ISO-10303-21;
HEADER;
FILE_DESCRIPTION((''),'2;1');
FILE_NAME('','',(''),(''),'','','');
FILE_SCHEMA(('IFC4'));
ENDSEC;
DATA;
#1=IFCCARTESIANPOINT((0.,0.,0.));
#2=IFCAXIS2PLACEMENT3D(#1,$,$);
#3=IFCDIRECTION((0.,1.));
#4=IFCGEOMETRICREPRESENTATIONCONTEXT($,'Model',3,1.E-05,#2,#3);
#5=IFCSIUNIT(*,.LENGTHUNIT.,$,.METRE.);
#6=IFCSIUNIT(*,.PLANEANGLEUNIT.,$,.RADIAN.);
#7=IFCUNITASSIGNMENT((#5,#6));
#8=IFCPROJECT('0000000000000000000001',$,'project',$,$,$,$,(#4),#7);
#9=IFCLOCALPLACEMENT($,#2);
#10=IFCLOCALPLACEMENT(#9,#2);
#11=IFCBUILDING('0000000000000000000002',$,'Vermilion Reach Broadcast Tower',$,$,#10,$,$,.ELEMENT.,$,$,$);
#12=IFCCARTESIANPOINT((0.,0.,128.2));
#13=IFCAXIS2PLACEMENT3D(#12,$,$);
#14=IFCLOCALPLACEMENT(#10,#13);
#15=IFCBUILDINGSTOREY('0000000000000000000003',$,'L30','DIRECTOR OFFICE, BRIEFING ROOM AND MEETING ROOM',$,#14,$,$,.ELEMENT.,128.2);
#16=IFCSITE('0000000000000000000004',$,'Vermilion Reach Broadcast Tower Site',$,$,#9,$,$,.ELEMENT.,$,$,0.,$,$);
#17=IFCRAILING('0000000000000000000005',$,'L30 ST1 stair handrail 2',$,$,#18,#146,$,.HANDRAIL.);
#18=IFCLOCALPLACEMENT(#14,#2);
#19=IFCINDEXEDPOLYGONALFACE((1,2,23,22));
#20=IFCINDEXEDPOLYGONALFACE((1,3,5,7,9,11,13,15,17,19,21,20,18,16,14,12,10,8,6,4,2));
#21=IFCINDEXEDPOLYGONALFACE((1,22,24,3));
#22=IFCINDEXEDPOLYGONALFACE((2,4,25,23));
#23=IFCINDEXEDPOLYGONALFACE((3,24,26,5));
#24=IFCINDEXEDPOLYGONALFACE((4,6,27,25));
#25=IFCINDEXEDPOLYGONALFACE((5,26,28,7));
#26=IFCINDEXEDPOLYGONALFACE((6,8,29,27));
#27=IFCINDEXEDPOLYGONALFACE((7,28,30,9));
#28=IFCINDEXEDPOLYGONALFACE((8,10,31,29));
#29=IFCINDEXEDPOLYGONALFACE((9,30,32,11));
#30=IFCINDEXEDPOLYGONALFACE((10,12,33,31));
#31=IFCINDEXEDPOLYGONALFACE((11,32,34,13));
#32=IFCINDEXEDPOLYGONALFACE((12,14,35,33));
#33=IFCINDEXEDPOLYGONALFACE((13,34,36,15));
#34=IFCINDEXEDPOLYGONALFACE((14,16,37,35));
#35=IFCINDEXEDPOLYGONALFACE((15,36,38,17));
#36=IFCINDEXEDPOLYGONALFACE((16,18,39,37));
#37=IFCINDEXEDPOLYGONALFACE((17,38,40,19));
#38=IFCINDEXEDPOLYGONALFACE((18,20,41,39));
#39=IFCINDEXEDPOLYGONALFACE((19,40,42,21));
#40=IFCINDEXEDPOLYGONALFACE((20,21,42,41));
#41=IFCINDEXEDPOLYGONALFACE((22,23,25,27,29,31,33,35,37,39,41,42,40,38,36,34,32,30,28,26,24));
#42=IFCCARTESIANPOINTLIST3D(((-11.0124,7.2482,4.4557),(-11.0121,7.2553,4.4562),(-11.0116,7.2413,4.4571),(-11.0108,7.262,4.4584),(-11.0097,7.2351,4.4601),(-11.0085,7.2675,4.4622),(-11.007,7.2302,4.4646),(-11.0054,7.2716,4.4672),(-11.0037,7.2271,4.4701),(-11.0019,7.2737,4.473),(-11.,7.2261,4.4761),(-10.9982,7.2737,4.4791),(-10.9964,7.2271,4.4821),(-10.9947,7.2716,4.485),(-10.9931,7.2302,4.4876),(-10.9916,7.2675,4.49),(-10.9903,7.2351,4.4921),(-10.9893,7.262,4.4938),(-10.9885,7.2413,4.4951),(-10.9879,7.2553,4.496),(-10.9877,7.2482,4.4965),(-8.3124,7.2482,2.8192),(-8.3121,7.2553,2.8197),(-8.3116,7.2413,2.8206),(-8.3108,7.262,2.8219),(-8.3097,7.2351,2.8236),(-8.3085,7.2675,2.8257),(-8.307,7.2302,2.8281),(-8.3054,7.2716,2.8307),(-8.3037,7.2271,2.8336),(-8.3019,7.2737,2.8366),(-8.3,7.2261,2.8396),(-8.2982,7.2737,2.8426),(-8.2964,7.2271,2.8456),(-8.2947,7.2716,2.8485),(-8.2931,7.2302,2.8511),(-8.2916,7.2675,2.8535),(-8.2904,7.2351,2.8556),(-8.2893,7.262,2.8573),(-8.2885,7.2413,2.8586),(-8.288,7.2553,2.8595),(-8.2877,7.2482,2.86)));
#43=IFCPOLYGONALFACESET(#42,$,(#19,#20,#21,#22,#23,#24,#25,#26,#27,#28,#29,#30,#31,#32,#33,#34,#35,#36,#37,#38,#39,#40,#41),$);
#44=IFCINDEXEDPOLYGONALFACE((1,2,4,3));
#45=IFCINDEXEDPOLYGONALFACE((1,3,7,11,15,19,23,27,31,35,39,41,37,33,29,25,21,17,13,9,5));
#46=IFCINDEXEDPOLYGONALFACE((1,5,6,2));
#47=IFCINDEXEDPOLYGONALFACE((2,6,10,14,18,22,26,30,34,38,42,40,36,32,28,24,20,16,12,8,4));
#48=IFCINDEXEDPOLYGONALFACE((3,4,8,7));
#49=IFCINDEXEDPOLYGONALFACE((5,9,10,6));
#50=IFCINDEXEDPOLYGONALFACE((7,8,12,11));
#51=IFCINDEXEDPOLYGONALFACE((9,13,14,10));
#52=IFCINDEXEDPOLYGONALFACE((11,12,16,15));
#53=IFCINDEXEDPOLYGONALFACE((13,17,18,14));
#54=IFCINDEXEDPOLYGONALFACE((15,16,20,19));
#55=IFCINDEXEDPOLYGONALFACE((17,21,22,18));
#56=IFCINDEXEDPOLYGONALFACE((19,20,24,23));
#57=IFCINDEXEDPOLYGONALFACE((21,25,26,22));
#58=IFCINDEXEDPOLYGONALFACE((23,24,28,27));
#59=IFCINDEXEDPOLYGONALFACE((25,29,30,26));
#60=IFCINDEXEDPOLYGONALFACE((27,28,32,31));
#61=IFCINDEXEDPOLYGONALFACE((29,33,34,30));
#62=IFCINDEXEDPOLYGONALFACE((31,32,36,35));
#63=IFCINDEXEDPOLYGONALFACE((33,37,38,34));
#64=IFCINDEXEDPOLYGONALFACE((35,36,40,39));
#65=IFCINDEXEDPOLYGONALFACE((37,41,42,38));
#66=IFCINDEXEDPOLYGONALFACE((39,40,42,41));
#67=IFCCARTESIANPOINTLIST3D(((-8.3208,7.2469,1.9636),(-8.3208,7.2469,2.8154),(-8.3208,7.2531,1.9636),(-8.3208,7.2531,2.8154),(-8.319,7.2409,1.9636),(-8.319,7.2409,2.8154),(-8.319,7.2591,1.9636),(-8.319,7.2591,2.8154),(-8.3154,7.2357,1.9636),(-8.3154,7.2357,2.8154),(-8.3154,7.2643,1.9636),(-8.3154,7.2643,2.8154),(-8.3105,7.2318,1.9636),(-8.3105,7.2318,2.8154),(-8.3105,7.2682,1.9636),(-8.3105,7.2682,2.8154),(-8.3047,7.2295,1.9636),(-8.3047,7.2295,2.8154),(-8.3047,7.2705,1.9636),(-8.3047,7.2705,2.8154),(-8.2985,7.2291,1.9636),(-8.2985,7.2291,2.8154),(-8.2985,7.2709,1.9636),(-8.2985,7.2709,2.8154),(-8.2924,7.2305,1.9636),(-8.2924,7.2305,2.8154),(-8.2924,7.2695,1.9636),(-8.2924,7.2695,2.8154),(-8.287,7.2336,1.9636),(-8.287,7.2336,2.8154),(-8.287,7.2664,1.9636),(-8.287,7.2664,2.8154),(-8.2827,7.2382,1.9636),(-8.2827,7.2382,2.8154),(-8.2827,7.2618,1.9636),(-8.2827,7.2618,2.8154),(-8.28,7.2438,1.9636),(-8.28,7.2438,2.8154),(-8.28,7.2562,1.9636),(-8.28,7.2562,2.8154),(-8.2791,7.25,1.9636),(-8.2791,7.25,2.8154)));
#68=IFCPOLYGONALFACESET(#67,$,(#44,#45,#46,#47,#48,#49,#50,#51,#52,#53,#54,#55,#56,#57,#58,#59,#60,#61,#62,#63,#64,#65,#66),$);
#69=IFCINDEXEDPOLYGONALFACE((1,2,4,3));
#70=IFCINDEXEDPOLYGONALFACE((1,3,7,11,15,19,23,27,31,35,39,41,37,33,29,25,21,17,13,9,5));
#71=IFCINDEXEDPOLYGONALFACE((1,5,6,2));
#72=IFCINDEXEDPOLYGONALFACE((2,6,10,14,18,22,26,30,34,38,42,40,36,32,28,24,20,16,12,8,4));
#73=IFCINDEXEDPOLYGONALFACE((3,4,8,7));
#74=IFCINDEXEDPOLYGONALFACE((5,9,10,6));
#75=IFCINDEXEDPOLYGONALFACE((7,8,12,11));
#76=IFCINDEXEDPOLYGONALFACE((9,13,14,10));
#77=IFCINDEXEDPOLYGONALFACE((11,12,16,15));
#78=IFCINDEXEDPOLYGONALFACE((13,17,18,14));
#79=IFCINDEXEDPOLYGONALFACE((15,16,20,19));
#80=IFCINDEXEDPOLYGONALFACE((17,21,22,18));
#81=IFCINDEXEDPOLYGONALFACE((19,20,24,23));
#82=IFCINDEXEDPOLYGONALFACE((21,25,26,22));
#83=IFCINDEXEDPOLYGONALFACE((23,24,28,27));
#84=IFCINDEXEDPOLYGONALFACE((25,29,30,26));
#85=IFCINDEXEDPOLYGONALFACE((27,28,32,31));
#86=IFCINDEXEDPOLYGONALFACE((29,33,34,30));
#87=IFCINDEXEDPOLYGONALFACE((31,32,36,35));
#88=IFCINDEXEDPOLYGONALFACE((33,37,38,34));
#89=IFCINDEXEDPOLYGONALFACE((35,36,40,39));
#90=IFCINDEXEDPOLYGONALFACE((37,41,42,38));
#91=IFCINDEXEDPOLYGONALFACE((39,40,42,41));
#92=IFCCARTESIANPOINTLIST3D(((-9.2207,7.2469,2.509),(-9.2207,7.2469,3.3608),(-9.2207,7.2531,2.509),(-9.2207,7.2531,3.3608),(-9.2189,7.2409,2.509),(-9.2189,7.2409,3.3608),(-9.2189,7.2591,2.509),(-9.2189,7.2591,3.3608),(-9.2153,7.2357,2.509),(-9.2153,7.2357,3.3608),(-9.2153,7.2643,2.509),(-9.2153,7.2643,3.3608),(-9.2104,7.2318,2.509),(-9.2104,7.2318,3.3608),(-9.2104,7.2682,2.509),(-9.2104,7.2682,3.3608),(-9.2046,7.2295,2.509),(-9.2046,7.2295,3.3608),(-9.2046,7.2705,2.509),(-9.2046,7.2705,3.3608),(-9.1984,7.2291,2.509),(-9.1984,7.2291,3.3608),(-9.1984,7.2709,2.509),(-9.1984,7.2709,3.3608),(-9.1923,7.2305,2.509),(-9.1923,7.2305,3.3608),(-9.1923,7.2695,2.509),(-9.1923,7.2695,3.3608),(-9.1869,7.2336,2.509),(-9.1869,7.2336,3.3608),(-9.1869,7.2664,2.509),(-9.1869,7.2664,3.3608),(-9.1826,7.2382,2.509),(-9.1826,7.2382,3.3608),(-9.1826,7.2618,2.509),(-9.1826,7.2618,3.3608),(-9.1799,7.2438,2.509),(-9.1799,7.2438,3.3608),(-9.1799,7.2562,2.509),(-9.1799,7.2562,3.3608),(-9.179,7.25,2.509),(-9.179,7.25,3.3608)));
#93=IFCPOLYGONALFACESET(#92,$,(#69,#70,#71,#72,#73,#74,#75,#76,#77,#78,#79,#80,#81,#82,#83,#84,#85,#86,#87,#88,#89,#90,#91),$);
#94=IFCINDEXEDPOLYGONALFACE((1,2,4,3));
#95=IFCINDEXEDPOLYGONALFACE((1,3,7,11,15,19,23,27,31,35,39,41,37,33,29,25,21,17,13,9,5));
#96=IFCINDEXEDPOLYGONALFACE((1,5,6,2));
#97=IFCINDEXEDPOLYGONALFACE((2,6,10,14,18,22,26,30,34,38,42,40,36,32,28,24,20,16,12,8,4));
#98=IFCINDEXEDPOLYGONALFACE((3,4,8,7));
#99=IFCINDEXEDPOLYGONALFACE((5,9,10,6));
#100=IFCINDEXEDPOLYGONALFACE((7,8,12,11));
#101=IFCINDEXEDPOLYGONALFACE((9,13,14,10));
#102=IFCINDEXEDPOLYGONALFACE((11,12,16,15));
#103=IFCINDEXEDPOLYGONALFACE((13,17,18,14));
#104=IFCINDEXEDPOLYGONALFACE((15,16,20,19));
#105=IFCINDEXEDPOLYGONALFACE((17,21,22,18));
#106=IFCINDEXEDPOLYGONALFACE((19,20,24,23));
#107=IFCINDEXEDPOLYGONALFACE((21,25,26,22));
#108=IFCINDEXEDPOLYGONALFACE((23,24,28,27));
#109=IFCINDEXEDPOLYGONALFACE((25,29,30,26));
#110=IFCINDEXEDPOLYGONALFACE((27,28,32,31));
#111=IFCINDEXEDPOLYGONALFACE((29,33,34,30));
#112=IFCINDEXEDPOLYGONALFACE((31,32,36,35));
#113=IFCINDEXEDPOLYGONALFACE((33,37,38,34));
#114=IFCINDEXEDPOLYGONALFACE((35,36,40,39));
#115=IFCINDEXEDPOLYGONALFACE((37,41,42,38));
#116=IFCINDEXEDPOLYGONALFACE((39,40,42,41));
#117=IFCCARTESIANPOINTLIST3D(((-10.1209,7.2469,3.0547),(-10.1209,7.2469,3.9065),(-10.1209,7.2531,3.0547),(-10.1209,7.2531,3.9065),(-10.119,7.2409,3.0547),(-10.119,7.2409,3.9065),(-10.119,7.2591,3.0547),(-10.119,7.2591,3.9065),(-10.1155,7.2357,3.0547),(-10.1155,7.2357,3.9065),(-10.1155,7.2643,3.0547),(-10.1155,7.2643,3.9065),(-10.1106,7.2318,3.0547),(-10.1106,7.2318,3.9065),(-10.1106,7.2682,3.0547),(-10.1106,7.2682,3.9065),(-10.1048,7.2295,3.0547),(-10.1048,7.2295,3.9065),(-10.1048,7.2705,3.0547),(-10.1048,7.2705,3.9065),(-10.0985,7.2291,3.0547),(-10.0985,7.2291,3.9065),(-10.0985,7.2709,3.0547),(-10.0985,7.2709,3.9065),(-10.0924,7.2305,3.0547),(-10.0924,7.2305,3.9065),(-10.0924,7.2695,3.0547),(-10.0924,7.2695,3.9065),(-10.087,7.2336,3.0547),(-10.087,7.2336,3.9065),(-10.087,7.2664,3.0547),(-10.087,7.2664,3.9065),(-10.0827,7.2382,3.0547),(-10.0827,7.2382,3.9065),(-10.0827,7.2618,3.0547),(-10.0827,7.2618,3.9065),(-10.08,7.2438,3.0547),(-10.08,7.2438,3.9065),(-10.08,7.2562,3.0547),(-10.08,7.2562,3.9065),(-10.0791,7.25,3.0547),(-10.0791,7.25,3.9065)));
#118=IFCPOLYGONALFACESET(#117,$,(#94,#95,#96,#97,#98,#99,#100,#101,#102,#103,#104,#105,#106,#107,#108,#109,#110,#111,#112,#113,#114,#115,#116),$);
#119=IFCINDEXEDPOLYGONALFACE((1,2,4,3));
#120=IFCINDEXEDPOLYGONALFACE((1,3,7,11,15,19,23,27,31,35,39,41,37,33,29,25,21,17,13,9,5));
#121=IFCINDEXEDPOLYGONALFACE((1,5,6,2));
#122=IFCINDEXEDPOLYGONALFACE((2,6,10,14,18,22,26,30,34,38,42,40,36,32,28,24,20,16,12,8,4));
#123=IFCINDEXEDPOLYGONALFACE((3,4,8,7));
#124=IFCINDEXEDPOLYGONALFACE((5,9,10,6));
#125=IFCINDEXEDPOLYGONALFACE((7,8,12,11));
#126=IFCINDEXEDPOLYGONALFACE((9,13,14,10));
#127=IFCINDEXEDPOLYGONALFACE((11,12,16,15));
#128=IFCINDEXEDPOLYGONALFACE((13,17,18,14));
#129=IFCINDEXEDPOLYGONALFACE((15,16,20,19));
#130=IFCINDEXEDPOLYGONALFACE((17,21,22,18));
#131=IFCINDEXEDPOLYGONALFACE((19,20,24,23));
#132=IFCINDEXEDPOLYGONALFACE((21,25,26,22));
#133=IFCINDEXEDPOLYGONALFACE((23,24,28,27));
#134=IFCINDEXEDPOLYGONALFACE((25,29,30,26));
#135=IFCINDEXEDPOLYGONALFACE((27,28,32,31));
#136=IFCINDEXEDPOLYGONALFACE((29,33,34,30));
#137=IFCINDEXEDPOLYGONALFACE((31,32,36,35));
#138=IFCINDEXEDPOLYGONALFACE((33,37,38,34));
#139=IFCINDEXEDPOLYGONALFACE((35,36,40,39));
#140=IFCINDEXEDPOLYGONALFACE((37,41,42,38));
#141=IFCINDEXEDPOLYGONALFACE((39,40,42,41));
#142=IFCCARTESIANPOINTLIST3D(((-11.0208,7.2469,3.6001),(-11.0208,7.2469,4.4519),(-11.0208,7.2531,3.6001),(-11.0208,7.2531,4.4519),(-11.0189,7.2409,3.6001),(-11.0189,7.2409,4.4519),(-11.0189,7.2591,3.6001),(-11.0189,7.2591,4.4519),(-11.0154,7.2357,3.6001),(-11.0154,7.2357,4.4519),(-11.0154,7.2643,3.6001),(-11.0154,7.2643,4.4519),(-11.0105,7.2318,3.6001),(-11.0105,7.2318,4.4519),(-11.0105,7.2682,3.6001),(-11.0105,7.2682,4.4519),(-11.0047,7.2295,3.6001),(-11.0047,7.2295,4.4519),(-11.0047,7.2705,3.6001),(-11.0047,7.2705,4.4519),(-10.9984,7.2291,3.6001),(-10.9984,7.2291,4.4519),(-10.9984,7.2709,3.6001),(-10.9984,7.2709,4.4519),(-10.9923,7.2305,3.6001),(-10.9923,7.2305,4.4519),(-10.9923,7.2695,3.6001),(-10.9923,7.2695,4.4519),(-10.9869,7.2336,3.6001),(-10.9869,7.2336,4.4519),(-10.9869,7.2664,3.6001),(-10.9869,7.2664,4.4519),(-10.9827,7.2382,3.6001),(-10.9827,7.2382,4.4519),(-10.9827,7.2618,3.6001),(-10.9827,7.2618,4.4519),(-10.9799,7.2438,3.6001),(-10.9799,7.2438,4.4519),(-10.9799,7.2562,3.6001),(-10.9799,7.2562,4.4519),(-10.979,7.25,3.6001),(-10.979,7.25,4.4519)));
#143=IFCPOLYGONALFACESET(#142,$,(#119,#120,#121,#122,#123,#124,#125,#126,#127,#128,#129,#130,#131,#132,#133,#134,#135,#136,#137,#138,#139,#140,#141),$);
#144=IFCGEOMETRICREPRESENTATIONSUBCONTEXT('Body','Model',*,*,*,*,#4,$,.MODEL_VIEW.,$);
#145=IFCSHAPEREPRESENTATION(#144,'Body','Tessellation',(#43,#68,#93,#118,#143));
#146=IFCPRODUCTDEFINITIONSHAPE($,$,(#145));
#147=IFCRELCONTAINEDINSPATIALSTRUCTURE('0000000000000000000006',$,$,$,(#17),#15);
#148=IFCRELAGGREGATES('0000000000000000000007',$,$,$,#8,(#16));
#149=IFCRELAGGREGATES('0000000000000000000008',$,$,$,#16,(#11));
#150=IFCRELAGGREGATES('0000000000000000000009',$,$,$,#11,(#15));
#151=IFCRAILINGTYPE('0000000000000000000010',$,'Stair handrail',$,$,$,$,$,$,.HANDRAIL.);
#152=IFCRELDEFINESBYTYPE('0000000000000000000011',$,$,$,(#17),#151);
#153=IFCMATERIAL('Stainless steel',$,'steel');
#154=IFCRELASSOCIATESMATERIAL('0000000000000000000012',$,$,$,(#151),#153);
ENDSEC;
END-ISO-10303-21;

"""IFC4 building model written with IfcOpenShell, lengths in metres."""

from ifc_helpers import new_model, si_unit, direction, frame, origin, origin_2d, place, context, subcontext, project, spatial, circle, extrude, material, type_object, element, save


model = new_model("IFC4")

# Units and contexts
model_context = context("Model", 3, precision=1e-05, world=origin(), true_north=direction((0.0, 1.0)))
body_context = subcontext(model_context, "Body", "Model", "MODEL_VIEW")
ifc_project = project(units=[si_unit("LENGTHUNIT", "METRE"), si_unit("PLANEANGLEUNIT", "RADIAN")], contexts=[model_context])

# Site, building, storey
site_placement = place(None, origin())
site = spatial("IfcSite", under=ifc_project, at=site_placement, Name="Vermilion Reach Broadcast Tower Site", CompositionType="ELEMENT", RefElevation=0.0)
building_placement = place(site_placement, origin())
building = spatial("IfcBuilding", under=site, at=building_placement, Name="Vermilion Reach Broadcast Tower", CompositionType="ELEMENT")
storey_placement = place(building_placement, frame((0.0, 0.0, 128.2)))
storey = spatial("IfcBuildingStorey", under=building, at=storey_placement, Name="L30", Description="DIRECTOR OFFICE, BRIEFING ROOM AND MEETING ROOM", CompositionType="ELEMENT", Elevation=128.2)

# Railing
ifc_material_1 = material(Name="Stainless steel", Category="steel")
railing_type_1 = type_object("IfcRailingType", Name="Stair handrail", PredefinedType="HANDRAIL", material=ifc_material_1)
railing_1_placement = place(storey_placement, frame((-8.3, 7.25, 1.9636)))
element("IfcRailing", 1, at=railing_1_placement, inside=storey, type_object=railing_type_1, Name="L30 ST1 stair handrail 2", PredefinedType="HANDRAIL", context=body_context, shape_type="SweptSolid", body=[
    extrude(circle(Radius=0.0239, at=origin_2d()), frame((0.0, 0.0, 0.876), z_axis=(-0.855178, 0.0, 0.518334), x_axis=(0.0, -1.0, 0.0)), (0.0, 0.0, 1.0), 3.1572),
    extrude(circle(Radius=0.021, at=origin_2d()), origin(), (0.0, 0.0, 1.0), 0.8518),
    extrude(circle(Radius=0.021, at=origin_2d()), frame((-0.8999, 0.0, 0.5454)), (0.0, 0.0, 1.0), 0.8518),
    extrude(circle(Radius=0.021, at=origin_2d()), frame((-1.8, 0.0, 1.0911)), (0.0, 0.0, 1.0), 0.8518),
    extrude(circle(Radius=0.021, at=origin_2d()), frame((-2.7, 0.0, 1.6365)), (0.0, 0.0, 1.0), 0.8518),
])

save(model, "model.ifc")
